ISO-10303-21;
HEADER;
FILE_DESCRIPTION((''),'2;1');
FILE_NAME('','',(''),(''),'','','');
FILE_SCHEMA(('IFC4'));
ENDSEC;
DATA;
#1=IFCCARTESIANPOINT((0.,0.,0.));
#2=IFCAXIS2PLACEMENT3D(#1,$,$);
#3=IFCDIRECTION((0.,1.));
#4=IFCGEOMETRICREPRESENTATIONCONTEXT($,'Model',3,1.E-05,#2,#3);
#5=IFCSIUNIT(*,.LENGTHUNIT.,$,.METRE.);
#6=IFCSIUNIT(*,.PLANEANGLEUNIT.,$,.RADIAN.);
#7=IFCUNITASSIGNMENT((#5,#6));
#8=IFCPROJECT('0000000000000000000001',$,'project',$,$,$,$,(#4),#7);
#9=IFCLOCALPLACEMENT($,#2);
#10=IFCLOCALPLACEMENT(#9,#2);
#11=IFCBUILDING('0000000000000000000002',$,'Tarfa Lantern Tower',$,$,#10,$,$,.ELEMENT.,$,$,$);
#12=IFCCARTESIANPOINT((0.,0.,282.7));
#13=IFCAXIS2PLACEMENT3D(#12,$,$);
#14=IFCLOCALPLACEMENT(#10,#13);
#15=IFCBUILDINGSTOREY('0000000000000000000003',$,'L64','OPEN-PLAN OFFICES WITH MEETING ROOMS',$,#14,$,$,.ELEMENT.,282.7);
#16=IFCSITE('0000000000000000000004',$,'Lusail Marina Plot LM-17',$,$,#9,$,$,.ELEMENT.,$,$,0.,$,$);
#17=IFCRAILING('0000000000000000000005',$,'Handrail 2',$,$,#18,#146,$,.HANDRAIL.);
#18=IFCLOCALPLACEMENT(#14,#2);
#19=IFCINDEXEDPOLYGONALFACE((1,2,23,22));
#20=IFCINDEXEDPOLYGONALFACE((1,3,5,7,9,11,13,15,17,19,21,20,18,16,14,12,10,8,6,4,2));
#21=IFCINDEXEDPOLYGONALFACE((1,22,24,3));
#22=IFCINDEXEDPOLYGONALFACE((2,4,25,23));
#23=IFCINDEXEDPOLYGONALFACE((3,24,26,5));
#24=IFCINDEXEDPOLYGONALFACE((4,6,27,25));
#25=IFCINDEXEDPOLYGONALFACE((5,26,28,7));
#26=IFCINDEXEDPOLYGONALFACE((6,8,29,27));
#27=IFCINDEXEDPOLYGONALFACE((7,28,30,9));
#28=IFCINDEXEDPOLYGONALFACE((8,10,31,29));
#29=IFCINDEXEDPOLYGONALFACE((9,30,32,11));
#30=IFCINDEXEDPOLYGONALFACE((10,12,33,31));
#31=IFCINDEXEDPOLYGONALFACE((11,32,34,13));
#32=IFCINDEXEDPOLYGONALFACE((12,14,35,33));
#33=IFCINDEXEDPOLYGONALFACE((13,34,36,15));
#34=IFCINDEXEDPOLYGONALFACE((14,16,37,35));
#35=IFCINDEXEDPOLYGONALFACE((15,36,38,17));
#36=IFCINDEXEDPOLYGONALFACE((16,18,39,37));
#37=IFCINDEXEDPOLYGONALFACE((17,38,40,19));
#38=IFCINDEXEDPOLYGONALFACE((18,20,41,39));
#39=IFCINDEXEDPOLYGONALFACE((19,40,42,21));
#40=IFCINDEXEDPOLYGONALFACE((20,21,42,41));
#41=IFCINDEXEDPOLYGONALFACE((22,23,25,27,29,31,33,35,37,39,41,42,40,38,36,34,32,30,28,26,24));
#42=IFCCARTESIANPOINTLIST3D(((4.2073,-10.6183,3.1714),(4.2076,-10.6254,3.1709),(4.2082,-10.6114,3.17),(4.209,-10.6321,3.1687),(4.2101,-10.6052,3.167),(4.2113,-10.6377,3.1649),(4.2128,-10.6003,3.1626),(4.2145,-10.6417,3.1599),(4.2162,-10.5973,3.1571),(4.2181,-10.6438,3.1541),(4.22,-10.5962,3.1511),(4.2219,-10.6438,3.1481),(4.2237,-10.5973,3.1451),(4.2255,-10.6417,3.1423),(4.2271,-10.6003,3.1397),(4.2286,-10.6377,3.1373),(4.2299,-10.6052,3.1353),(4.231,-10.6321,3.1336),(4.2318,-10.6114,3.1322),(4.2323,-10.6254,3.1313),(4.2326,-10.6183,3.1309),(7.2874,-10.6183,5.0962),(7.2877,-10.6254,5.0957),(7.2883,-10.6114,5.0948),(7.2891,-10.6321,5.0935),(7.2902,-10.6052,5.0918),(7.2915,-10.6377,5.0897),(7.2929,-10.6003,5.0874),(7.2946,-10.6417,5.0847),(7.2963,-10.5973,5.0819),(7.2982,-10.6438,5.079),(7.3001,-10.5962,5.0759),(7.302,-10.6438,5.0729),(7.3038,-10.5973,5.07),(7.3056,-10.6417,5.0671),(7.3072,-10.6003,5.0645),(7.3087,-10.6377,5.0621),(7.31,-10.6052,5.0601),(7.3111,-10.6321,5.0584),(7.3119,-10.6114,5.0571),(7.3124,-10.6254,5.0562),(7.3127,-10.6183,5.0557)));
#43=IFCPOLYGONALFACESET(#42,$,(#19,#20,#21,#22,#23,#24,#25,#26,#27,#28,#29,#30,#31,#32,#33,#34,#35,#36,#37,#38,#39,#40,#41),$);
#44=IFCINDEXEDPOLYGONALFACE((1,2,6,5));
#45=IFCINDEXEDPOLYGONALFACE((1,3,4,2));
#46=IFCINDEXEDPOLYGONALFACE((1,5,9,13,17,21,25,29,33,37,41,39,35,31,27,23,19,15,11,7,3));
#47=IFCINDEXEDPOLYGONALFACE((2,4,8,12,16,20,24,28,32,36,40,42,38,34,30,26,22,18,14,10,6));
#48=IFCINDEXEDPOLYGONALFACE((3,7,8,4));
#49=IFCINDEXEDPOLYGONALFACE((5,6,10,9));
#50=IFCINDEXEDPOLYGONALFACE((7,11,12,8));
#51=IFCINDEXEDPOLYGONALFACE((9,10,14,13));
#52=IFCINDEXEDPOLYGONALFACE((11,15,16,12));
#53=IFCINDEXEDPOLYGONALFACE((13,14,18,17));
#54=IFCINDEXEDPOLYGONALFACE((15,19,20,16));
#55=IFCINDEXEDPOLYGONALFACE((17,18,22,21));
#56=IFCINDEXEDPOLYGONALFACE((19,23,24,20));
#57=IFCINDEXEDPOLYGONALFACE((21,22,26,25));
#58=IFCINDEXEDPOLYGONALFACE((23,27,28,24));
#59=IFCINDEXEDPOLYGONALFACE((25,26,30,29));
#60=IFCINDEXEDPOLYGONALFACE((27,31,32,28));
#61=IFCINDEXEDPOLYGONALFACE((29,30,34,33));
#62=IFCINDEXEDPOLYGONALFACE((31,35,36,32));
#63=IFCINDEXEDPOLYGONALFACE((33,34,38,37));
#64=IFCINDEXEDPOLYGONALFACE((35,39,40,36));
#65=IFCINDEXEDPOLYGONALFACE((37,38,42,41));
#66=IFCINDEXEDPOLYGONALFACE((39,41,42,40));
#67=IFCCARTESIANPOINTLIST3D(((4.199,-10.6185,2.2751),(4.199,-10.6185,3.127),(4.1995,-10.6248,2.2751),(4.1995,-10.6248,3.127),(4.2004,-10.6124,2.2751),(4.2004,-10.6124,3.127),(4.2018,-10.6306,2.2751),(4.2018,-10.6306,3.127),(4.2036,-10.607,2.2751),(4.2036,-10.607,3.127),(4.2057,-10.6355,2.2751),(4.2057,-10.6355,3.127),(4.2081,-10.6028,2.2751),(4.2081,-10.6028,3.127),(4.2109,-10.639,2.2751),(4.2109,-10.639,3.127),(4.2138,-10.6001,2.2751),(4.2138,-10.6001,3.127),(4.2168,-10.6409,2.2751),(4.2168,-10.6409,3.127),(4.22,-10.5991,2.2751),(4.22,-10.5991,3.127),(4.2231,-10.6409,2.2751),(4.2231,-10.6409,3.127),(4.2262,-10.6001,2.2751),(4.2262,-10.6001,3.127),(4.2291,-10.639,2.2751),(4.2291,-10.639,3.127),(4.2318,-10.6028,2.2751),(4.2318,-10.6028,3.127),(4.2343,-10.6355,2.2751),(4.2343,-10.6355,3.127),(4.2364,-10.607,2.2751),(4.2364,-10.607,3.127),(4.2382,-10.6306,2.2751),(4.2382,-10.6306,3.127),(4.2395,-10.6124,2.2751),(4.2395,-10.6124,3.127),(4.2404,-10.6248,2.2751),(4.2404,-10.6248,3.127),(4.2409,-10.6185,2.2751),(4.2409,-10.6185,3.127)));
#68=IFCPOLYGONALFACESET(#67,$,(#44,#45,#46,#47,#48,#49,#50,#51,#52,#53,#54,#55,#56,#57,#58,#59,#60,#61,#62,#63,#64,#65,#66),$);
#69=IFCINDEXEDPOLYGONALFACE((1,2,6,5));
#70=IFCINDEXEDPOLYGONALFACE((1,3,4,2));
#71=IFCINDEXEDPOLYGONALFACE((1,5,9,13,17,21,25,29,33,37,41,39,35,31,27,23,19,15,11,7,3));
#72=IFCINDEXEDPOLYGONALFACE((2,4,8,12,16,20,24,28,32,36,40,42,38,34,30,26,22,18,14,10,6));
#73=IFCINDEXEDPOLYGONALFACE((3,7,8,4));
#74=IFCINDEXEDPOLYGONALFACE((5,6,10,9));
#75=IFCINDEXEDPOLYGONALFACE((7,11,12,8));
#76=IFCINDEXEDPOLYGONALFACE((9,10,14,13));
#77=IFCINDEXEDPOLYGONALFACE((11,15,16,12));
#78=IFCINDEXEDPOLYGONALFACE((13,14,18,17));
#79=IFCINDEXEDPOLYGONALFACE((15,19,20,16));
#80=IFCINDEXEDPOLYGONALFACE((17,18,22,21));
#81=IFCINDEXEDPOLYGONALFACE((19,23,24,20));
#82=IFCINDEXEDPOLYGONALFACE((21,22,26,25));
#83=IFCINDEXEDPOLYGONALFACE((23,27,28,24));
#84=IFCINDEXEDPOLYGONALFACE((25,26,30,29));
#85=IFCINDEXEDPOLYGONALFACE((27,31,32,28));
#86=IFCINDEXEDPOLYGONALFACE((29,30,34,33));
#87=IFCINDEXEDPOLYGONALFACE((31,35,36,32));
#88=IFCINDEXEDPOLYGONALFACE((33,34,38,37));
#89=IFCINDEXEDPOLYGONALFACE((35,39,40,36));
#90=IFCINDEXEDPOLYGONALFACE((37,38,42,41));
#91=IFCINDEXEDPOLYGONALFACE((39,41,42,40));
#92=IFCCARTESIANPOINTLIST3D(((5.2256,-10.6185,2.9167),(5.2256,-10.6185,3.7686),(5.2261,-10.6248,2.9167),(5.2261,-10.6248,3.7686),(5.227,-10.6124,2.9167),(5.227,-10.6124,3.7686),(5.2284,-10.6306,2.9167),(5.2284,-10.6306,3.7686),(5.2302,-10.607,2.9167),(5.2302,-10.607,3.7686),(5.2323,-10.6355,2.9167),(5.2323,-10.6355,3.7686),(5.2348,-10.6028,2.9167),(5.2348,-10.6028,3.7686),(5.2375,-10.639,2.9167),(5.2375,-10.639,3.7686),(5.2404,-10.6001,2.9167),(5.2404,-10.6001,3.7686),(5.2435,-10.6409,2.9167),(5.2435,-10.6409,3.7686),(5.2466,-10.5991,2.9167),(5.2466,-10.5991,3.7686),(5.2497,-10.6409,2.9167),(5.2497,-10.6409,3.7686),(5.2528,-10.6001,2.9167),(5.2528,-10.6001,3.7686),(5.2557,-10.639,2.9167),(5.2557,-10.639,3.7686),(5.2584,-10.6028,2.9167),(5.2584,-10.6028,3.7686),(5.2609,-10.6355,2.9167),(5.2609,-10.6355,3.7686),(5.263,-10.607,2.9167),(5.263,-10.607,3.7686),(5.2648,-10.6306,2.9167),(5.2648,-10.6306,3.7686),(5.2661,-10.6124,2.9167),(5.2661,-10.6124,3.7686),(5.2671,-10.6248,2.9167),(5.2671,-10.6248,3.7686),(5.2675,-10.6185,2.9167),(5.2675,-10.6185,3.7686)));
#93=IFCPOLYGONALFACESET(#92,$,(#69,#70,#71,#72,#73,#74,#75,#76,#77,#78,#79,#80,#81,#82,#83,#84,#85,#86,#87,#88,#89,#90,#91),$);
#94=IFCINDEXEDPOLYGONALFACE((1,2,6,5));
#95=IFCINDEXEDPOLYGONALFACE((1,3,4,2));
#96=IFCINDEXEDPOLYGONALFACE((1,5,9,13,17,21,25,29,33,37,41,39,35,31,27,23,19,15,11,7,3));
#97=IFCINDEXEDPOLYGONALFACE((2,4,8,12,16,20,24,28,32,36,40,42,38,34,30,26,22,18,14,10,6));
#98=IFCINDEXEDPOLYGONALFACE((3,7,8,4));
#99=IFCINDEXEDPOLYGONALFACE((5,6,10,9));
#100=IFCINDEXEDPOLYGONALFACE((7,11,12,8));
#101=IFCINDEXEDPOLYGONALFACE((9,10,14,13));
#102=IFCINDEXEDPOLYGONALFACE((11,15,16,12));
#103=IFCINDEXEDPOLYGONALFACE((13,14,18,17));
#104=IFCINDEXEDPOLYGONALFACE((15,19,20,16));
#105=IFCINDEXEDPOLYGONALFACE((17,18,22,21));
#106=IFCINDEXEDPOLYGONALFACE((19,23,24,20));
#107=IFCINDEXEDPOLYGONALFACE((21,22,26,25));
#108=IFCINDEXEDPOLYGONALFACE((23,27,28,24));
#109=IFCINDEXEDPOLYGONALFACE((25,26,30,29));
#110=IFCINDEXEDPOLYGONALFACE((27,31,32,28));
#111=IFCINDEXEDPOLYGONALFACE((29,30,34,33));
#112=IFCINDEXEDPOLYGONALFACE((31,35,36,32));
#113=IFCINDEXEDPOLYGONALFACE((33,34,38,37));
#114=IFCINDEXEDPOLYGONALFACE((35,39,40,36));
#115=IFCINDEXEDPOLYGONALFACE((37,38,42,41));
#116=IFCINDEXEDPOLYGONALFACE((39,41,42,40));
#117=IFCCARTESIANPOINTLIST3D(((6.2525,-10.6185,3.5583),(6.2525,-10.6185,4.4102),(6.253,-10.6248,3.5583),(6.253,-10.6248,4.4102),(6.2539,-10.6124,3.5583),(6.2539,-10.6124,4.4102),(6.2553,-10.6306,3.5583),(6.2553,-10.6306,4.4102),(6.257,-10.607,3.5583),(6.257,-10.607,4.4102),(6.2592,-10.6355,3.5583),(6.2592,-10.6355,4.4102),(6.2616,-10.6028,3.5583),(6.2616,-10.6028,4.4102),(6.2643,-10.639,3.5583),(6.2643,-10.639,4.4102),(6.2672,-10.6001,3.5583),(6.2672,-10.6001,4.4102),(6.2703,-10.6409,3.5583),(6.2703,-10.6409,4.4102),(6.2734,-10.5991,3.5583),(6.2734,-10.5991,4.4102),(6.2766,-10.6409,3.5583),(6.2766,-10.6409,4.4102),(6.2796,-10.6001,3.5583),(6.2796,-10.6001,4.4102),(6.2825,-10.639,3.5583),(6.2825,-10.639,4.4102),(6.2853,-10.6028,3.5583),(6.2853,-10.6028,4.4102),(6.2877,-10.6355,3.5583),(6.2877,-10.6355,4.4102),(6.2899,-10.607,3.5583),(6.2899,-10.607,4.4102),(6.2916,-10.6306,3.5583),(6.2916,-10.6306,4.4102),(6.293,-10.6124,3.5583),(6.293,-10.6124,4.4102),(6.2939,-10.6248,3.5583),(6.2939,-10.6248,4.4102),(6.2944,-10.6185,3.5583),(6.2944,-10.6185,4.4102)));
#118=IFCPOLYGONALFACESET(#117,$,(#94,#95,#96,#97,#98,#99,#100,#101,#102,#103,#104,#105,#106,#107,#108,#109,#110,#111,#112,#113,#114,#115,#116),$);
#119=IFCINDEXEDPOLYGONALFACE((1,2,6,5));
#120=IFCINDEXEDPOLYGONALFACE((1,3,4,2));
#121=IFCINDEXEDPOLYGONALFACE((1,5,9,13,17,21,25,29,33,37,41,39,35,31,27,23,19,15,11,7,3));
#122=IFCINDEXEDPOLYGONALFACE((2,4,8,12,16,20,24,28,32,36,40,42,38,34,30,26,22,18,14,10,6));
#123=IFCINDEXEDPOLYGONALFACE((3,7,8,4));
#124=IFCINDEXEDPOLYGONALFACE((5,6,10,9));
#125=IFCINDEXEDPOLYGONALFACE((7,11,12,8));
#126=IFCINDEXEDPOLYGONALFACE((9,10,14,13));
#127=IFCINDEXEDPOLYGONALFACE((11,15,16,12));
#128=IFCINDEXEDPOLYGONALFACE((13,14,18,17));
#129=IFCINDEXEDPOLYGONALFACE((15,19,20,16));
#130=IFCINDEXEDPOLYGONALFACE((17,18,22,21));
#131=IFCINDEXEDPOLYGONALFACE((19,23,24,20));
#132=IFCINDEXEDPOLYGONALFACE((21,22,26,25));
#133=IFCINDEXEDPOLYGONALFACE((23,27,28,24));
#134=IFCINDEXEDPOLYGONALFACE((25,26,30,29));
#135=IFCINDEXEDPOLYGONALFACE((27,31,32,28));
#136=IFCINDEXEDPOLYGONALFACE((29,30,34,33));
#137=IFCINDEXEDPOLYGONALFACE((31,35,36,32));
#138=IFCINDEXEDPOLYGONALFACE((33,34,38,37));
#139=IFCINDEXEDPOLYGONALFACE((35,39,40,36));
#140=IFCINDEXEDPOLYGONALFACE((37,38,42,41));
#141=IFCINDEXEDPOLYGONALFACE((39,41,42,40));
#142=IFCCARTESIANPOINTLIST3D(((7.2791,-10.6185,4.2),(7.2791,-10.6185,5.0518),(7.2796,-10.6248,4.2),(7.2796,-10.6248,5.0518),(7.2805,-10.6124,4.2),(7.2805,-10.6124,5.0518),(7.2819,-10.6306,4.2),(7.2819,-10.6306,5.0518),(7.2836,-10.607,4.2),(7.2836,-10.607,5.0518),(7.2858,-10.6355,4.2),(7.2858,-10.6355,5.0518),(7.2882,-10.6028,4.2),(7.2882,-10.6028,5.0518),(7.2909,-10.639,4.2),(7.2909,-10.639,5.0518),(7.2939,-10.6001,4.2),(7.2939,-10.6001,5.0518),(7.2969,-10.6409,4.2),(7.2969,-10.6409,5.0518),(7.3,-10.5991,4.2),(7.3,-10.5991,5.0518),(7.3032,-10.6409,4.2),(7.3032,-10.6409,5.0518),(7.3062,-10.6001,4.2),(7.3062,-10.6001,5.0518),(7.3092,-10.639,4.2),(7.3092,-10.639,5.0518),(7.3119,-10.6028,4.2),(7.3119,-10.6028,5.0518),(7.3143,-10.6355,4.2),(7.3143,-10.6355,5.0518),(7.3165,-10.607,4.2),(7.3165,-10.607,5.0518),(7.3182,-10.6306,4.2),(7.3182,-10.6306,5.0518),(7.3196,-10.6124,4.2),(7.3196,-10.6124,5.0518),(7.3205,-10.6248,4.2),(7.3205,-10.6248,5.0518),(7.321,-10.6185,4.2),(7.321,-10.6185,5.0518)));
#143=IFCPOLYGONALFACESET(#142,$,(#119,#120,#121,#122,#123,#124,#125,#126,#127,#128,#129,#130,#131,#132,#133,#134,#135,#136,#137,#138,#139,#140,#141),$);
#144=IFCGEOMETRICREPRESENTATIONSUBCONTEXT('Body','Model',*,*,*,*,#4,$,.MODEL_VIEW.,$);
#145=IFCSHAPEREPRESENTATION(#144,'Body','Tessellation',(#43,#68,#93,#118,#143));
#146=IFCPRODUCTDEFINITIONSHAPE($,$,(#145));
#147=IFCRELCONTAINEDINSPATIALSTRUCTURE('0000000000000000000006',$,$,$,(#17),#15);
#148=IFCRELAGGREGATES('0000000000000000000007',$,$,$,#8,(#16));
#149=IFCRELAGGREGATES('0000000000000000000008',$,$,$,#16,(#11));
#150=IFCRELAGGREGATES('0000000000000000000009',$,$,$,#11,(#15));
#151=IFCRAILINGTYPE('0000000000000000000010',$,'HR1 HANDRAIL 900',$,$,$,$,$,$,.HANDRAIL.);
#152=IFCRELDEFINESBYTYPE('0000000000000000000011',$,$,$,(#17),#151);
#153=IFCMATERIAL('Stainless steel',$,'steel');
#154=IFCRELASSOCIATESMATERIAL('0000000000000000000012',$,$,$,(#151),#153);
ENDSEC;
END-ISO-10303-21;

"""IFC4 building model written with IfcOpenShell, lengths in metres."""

from ifc_helpers import new_model, si_unit, direction, frame, origin, origin_2d, place, context, subcontext, project, spatial, circle, extrude, material, type_object, element, save


model = new_model("IFC4")

# Units and contexts
model_context = context("Model", 3, precision=1e-05, world=origin(), true_north=direction((0.0, 1.0)))
body_context = subcontext(model_context, "Body", "Model", "MODEL_VIEW")
ifc_project = project(units=[si_unit("LENGTHUNIT", "METRE"), si_unit("PLANEANGLEUNIT", "RADIAN")], contexts=[model_context])

# Site, building, storey
site_placement = place(None, origin())
site = spatial("IfcSite", under=ifc_project, at=site_placement, Name="Lusail Marina Plot LM-17", CompositionType="ELEMENT", RefElevation=0.0)
building_placement = place(site_placement, origin())
building = spatial("IfcBuilding", under=site, at=building_placement, Name="Tarfa Lantern Tower", CompositionType="ELEMENT")
storey_placement = place(building_placement, frame((0.0, 0.0, 282.7)))
storey = spatial("IfcBuildingStorey", under=building, at=storey_placement, Name="L64", Description="OPEN-PLAN OFFICES WITH MEETING ROOMS", CompositionType="ELEMENT", Elevation=282.7)

# Railing
ifc_material_1 = material(Name="Stainless steel", Category="steel")
railing_type = type_object("IfcRailingType", Name="HR1 HANDRAIL 900", PredefinedType="HANDRAIL", material=ifc_material_1)
railing_1_placement = place(storey_placement, frame((4.22, -10.6201, 2.2751)))
element("IfcRailing", 1, at=railing_1_placement, inside=storey, type_object=railing_type, Name="Handrail 2", PredefinedType="HANDRAIL", context=body_context, shape_type="SweptSolid", body=[
    extrude(circle(Radius=0.0239, at=origin_2d()), frame((0.0, 0.0, 0.876), z_axis=(0.848029, 0.0, 0.529951), x_axis=(0.0, 1.0, 0.0)), (0.0, 0.0, 1.0), 3.6321),
    extrude(circle(Radius=0.021, at=origin_2d()), frame((0.0, 0.0, 0.0), z_axis=(0.0, 0.0, 1.0), x_axis=(0.0, 1.0, 0.0)), (0.0, 0.0, 1.0), 0.8518),
    extrude(circle(Radius=0.021, at=origin_2d()), frame((1.0266, 0.0, 0.6416), z_axis=(0.0, 0.0, 1.0), x_axis=(0.0, 1.0, 0.0)), (0.0, 0.0, 1.0), 0.8518),
    extrude(circle(Radius=0.021, at=origin_2d()), frame((2.0535, 0.0, 1.2832), z_axis=(0.0, 0.0, 1.0), x_axis=(0.0, 1.0, 0.0)), (0.0, 0.0, 1.0), 0.8518),
    extrude(circle(Radius=0.021, at=origin_2d()), frame((3.0801, 0.0, 1.9248), z_axis=(0.0, 0.0, 1.0), x_axis=(0.0, 1.0, 0.0)), (0.0, 0.0, 1.0), 0.8518),
])

save(model, "model.ifc")
